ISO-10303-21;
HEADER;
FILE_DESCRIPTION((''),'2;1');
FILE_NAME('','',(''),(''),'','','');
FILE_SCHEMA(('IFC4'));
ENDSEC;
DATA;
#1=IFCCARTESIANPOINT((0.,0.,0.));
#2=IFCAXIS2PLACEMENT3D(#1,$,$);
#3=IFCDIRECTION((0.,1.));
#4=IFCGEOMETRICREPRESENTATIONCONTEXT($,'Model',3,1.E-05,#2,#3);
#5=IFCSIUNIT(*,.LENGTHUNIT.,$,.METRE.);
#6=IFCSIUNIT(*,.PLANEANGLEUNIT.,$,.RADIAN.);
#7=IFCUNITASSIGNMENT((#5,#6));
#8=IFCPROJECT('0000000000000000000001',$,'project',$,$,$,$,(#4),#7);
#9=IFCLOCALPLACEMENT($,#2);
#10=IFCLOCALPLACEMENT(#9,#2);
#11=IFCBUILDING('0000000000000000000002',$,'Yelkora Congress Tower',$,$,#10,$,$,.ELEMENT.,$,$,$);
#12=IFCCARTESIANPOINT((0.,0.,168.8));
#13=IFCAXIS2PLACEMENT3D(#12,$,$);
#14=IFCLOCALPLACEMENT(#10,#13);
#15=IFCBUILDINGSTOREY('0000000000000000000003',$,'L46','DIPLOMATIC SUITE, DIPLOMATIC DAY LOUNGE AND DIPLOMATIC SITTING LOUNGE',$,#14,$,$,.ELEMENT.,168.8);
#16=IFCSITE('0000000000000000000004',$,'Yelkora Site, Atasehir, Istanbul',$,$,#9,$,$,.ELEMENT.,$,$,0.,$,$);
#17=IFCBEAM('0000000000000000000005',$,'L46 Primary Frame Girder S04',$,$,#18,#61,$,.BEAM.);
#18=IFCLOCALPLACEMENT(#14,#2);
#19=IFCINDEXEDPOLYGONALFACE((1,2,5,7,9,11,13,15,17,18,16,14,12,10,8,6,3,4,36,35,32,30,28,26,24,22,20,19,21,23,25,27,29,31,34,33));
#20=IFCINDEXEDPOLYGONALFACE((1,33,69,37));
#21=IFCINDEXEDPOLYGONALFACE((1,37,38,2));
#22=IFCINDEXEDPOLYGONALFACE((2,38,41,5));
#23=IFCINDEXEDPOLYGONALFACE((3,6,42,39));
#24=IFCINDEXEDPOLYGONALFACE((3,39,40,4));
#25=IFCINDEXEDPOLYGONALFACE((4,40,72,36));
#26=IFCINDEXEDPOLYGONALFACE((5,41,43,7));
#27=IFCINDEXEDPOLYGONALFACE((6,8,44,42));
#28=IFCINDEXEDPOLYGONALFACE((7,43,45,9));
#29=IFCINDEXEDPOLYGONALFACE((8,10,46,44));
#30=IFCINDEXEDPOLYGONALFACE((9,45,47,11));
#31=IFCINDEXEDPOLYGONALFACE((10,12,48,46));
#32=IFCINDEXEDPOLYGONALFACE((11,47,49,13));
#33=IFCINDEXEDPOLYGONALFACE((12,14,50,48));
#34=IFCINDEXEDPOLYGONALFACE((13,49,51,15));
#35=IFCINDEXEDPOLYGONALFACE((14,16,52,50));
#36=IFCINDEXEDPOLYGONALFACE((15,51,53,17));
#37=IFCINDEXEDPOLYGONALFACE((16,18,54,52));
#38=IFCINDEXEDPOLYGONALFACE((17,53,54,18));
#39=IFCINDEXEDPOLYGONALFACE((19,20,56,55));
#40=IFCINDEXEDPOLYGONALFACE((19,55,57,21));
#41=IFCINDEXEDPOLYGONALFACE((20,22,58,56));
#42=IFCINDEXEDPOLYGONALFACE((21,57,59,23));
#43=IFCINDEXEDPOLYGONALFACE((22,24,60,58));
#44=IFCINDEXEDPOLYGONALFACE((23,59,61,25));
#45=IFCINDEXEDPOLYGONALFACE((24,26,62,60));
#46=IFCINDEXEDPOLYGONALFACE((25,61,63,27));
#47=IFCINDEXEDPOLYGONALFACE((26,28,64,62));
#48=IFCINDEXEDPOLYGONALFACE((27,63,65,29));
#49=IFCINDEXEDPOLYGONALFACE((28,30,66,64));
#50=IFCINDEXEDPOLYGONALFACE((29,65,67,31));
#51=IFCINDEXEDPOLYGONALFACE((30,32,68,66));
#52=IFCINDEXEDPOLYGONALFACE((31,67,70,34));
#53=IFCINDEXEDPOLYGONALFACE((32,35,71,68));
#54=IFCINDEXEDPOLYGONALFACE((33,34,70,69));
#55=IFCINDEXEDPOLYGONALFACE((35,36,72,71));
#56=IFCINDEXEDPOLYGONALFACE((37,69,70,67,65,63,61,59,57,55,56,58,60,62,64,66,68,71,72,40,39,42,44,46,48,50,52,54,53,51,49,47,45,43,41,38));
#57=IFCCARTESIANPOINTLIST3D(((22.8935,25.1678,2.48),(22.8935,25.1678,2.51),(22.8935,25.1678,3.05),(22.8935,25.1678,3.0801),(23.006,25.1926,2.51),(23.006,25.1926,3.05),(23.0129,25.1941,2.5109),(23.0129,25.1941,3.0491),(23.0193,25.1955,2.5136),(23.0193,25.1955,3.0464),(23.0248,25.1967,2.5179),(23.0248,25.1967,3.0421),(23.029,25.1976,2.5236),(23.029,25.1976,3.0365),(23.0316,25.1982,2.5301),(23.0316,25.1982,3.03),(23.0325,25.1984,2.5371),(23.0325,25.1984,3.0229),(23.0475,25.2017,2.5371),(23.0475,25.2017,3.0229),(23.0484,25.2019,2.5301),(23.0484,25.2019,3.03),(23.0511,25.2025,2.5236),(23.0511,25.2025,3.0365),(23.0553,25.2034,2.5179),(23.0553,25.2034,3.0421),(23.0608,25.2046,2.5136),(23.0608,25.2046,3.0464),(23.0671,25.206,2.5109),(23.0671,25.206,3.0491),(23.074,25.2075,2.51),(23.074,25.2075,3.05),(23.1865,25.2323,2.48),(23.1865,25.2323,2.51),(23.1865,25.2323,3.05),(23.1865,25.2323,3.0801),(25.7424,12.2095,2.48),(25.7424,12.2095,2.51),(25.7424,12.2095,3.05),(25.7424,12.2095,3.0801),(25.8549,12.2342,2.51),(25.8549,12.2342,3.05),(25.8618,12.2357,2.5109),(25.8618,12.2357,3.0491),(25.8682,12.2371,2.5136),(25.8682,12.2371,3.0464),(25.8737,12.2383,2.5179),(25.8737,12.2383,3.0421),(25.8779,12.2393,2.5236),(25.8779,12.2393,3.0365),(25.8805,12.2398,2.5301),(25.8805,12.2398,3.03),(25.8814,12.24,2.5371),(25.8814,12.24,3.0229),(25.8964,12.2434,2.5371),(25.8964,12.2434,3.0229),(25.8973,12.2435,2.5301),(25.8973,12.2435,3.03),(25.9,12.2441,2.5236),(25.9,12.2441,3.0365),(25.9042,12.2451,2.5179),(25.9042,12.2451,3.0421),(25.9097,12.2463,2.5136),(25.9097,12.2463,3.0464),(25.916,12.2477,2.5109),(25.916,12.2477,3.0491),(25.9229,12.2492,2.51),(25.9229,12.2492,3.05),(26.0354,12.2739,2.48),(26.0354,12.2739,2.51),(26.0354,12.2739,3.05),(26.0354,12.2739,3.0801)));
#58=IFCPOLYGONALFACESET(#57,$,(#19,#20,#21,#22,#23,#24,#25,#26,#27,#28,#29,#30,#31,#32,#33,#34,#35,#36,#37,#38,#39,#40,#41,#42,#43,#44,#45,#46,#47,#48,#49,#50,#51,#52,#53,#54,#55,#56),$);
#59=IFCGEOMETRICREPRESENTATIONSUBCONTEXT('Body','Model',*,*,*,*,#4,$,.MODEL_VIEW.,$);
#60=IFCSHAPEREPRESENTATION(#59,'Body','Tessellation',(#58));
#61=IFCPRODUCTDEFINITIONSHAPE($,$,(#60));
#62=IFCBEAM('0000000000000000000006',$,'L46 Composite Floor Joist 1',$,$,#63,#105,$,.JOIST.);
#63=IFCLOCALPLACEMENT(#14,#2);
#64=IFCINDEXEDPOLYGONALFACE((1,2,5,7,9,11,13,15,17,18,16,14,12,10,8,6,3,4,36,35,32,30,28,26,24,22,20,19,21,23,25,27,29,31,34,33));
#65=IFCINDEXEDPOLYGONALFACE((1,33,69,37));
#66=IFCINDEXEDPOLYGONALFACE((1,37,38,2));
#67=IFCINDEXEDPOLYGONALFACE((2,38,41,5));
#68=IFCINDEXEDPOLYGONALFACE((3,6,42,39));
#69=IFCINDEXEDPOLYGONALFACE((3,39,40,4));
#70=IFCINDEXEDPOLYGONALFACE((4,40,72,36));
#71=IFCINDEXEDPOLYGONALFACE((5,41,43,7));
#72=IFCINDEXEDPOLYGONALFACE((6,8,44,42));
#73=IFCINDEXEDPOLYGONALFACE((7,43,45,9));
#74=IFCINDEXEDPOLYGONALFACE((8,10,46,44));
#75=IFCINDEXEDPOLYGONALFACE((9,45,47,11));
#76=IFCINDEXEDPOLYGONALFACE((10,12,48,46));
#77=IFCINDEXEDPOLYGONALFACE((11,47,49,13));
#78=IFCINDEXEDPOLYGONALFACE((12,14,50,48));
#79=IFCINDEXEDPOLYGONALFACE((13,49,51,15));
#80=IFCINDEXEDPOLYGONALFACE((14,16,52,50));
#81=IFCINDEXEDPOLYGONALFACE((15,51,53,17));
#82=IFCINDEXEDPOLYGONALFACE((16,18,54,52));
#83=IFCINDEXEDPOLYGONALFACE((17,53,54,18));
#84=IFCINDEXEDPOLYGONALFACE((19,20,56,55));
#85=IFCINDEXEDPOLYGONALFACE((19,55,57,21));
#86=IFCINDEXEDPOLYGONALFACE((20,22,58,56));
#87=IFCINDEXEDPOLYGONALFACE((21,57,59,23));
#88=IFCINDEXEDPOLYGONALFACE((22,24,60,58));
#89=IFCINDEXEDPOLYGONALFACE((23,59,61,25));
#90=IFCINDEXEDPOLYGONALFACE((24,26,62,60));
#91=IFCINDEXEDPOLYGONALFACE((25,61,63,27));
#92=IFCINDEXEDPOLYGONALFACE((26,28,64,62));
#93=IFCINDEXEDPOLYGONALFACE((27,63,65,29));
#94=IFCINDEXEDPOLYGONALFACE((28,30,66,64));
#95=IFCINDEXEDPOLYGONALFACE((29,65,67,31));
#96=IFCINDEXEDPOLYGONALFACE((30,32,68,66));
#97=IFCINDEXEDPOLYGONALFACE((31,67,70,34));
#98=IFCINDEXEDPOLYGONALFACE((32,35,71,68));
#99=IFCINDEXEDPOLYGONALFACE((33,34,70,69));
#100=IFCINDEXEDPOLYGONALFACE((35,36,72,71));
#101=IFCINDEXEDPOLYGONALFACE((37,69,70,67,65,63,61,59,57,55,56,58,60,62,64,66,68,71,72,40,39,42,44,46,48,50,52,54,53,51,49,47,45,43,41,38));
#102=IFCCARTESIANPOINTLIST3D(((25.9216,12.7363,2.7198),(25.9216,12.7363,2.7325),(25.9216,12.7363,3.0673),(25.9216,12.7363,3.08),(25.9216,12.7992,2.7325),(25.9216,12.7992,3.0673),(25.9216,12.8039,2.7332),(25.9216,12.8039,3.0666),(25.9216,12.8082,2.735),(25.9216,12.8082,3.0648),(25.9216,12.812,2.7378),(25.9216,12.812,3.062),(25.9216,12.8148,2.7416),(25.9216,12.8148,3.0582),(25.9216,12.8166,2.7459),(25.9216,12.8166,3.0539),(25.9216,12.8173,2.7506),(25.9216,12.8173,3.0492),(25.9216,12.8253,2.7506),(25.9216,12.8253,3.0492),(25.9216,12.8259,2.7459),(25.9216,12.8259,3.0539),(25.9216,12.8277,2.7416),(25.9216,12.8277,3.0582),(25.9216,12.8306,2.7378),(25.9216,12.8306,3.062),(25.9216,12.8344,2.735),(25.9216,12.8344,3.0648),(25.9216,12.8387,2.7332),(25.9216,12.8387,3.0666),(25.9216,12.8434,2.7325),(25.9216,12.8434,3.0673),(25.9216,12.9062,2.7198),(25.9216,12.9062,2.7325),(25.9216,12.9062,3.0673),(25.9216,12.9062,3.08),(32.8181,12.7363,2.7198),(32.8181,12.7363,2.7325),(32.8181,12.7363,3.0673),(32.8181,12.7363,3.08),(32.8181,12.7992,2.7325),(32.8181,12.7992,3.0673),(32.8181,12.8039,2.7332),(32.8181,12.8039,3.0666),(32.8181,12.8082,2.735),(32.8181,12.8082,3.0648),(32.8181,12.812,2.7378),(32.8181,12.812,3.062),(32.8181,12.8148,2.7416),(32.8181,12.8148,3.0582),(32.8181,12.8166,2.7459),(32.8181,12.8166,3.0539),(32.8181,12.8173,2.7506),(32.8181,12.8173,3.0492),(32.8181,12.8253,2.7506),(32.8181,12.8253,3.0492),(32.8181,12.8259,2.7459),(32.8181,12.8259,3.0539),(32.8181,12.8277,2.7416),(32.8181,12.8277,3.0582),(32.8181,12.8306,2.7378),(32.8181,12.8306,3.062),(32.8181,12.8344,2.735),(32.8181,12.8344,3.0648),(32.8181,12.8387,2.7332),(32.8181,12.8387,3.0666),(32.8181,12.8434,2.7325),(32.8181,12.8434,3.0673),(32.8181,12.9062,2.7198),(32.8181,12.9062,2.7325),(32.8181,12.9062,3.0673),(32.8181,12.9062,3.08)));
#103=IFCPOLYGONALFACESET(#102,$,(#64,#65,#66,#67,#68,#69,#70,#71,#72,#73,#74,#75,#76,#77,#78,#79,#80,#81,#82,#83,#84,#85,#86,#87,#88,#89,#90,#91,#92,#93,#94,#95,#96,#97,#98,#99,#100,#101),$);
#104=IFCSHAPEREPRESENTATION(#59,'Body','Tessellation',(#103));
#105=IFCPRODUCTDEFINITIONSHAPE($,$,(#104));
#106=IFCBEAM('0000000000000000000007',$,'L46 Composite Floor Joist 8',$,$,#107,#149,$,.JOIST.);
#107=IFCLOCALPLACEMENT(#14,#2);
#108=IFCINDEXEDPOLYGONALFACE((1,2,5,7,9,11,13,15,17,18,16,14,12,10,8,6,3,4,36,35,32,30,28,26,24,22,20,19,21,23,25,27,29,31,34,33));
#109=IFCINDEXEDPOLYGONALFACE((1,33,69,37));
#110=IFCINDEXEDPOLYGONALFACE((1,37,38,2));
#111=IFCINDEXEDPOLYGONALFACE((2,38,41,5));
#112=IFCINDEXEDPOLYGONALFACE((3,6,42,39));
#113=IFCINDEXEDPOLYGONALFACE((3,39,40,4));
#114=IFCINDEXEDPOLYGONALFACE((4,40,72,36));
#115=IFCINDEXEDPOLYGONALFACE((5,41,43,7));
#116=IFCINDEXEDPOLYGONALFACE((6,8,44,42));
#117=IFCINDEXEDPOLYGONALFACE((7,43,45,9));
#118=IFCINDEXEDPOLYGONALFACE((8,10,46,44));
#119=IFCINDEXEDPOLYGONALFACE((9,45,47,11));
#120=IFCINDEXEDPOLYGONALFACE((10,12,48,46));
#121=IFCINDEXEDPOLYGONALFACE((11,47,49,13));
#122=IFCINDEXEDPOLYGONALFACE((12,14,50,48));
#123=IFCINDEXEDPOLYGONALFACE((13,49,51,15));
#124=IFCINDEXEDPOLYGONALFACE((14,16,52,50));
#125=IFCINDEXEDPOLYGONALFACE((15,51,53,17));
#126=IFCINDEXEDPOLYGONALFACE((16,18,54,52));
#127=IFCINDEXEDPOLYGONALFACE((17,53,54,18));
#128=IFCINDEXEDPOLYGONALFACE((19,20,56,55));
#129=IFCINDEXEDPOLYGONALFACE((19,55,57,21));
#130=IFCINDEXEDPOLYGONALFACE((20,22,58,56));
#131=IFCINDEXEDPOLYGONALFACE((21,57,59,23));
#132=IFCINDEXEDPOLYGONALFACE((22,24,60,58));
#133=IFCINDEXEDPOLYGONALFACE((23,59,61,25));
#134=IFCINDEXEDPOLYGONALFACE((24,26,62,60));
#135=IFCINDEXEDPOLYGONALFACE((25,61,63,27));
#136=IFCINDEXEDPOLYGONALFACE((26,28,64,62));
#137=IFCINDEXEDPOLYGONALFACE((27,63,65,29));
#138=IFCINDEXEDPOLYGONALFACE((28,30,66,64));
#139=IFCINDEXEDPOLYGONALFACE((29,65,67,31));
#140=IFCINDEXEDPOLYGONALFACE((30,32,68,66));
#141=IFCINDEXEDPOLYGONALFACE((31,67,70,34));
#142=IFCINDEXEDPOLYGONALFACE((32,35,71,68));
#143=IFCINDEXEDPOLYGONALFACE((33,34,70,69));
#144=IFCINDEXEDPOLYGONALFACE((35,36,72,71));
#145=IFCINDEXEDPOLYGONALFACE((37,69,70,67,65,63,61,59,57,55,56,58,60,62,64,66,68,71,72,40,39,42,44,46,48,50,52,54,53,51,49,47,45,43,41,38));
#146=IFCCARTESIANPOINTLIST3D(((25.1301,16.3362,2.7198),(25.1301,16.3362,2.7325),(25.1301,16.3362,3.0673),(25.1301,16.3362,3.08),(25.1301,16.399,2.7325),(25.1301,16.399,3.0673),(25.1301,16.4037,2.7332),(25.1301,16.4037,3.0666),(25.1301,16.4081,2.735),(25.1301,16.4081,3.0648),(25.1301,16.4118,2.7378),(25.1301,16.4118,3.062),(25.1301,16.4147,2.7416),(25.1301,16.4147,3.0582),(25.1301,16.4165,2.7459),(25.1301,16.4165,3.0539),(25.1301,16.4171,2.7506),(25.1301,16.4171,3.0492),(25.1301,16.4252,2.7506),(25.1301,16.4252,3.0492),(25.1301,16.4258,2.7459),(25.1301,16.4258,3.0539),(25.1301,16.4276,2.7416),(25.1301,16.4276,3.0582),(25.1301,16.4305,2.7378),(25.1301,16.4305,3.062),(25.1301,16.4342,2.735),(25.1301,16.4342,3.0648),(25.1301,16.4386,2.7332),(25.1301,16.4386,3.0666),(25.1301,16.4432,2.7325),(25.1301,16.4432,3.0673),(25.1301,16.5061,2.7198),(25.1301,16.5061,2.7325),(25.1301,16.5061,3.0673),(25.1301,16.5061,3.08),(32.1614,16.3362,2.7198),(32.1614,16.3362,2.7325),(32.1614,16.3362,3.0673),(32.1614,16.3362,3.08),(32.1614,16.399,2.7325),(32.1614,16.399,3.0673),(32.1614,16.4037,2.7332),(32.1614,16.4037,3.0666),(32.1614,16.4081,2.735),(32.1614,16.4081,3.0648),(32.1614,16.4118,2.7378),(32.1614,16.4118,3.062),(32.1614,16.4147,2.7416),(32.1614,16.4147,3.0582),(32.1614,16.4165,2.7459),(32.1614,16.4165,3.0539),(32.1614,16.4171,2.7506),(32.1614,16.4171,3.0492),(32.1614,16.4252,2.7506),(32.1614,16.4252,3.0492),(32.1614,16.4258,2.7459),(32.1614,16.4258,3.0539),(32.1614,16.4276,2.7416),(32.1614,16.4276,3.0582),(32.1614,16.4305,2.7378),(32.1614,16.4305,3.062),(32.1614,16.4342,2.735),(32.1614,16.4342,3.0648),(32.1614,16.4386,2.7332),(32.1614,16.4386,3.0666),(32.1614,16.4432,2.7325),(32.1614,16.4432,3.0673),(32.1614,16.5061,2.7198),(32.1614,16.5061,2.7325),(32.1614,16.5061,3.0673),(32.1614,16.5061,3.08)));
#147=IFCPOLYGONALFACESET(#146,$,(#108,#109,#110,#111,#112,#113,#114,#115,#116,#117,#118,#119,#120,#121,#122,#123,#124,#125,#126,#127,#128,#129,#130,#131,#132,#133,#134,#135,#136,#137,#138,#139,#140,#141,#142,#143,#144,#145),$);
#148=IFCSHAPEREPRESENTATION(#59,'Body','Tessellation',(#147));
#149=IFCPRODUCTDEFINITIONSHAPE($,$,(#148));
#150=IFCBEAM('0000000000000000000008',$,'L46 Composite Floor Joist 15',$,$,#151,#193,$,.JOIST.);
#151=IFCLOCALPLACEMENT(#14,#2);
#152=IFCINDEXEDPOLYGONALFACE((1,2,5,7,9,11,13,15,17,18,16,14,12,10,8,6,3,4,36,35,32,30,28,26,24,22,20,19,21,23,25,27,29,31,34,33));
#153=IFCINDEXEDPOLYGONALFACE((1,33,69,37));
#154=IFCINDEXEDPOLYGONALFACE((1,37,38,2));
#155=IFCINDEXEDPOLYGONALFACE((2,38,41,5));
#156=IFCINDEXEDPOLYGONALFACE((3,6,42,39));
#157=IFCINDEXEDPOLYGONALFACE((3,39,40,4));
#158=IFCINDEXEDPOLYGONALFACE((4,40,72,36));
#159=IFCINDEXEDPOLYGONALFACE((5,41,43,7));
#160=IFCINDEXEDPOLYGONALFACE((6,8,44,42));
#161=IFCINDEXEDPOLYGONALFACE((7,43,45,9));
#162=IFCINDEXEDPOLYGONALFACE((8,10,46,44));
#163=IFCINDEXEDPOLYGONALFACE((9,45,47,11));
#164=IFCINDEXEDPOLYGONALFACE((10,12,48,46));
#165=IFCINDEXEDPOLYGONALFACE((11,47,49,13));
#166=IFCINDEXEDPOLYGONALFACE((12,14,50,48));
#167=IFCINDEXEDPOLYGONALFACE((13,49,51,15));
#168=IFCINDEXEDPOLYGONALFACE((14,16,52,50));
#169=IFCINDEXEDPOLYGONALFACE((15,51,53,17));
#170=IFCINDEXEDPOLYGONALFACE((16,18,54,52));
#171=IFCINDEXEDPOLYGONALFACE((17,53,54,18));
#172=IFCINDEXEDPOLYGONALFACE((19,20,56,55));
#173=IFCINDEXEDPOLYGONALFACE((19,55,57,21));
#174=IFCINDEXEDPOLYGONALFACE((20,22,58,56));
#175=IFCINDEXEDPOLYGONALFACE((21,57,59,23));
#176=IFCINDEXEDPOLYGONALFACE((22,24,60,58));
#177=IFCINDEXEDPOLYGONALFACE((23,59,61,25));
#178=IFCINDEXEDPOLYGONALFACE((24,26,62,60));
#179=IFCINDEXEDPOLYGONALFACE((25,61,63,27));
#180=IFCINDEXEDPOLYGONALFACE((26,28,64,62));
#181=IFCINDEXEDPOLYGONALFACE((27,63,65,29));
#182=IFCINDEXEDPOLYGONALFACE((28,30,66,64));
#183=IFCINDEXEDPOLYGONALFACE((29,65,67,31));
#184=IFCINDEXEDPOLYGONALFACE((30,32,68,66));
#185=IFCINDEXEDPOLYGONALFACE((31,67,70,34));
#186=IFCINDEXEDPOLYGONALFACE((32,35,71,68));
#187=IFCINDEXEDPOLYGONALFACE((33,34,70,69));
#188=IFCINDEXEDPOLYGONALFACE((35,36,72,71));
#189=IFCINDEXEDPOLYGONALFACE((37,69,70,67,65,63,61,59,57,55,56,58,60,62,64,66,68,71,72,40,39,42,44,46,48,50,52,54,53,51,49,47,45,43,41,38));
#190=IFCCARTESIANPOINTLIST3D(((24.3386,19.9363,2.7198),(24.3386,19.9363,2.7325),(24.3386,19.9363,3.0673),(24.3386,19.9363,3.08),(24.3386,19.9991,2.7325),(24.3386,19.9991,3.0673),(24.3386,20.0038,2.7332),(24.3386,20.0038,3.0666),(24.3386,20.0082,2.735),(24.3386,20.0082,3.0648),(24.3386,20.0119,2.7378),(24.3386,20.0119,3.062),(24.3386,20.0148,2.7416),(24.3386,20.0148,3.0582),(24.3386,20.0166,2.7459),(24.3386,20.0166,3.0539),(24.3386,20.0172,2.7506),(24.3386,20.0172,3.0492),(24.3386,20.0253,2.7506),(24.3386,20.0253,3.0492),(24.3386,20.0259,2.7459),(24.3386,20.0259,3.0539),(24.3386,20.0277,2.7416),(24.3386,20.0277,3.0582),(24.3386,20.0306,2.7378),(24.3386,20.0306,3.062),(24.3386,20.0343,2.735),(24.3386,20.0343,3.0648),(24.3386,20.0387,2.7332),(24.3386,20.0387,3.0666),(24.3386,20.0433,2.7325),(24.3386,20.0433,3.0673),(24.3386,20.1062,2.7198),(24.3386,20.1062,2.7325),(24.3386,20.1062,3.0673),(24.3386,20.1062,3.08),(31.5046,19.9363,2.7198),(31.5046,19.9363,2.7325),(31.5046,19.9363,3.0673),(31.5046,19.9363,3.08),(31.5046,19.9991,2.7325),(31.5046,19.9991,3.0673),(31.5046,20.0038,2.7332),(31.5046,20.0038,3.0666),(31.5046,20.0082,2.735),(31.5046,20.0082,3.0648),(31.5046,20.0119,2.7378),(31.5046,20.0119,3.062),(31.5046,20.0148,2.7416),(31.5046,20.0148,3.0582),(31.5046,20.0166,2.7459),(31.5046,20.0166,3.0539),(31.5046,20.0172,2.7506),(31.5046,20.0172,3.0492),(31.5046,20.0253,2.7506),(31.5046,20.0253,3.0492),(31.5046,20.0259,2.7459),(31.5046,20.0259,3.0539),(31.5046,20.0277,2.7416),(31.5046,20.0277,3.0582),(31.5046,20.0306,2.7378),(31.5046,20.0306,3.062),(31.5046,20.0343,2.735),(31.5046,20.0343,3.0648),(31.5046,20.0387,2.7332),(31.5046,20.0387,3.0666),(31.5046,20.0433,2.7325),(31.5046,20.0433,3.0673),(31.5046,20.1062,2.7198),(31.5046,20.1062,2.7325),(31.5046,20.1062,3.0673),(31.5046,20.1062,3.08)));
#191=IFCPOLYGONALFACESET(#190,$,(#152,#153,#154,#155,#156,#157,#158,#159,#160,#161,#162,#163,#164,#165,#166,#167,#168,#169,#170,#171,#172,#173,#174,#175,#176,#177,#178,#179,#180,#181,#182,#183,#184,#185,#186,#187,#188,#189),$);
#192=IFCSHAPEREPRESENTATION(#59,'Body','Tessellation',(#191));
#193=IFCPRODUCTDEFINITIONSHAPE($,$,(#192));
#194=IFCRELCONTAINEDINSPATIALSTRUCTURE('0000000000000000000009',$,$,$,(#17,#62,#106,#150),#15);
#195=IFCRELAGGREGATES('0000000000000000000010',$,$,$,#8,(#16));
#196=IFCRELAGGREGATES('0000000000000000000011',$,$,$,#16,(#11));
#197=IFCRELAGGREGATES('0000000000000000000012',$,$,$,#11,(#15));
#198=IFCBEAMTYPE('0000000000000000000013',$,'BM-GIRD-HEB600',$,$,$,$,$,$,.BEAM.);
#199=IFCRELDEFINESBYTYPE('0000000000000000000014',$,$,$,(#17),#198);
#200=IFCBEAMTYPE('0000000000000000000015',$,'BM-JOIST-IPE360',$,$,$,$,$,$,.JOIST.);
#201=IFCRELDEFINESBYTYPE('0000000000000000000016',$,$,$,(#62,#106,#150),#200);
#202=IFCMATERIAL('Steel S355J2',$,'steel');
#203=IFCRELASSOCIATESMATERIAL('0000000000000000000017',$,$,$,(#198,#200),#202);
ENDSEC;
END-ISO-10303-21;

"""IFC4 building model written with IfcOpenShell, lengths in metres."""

from ifc_helpers import new_model, si_unit, direction, frame, origin, origin_2d, place, context, subcontext, project, spatial, i_section, extrude, material, material_profile, profile_set, type_object, element, save


model = new_model("IFC4")

# Units and contexts
model_context = context("Model", 3, precision=1e-05, world=origin(), true_north=direction((0.0, 1.0)))
body_context = subcontext(model_context, "Body", "Model", "MODEL_VIEW")
ifc_project = project(units=[si_unit("LENGTHUNIT", "METRE"), si_unit("PLANEANGLEUNIT", "RADIAN")], contexts=[model_context])

# Site, building, storey
site_placement = place(None, origin())
site = spatial("IfcSite", under=ifc_project, at=site_placement, Name="Yelkora Site, Atasehir, Istanbul", CompositionType="ELEMENT", RefElevation=0.0)
building_placement = place(site_placement, origin())
building = spatial("IfcBuilding", under=site, at=building_placement, Name="Yelkora Congress Tower", CompositionType="ELEMENT")
storey_placement = place(building_placement, frame((0.0, 0.0, 168.8)))
storey = spatial("IfcBuildingStorey", under=building, at=storey_placement, Name="L46", Description="DIPLOMATIC SUITE, DIPLOMATIC DAY LOUNGE AND DIPLOMATIC SITTING LOUNGE", CompositionType="ELEMENT", Elevation=168.8)

# Beams
ifc_material_1 = material(Name="Steel S355J2", Category="steel")
ifc_material_profile_1 = material_profile(ifc_material_1, i_section(OverallWidth=0.3, OverallDepth=0.6001, WebThickness=0.0154, FlangeThickness=0.03, FilletRadius=0.0271, at=origin_2d()), Name="HEB 600")
ifc_profile_set_1 = profile_set([ifc_material_profile_1], Name="Steel S355J2")
beam_type_1 = type_object("IfcBeamType", Name="BM-GIRD-HEB600", PredefinedType="BEAM", material=ifc_profile_set_1)
beam_1_placement = place(storey_placement, frame((25.8889, 12.2417, 2.78), z_axis=(-0.214722, 0.976675, 0.0), x_axis=(-0.976675, -0.214722, 0.0)))
element("IfcBeam", 1, at=beam_1_placement, inside=storey, type_object=beam_type_1, Name="L46 Primary Frame Girder S04", PredefinedType="BEAM", context=body_context, shape_type="SweptSolid", body=[
    extrude(i_section(OverallWidth=0.3, OverallDepth=0.6001, WebThickness=0.0154, FlangeThickness=0.03, FilletRadius=0.0271, at=origin_2d()), origin(), (0.0, 0.0, 1.0), 13.2678),
])
ifc_material_profile_2 = material_profile(ifc_material_1, i_section(OverallWidth=0.1699, OverallDepth=0.3601, WebThickness=0.0081, FlangeThickness=0.0127, FilletRadius=0.0181, at=origin_2d()), Name="IPE 360")
ifc_profile_set_2 = profile_set([ifc_material_profile_2], Name="Steel S355J2")
beam_type_2 = type_object("IfcBeamType", Name="BM-JOIST-IPE360", PredefinedType="JOIST", material=ifc_profile_set_2)
beam_2_placement = place(storey_placement, frame((25.9216, 12.8213, 2.8999), z_axis=(1.0, 0.0, 0.0), x_axis=(0.0, 1.0, 0.0)))
element("IfcBeam", 2, at=beam_2_placement, inside=storey, type_object=beam_type_2, Name="L46 Composite Floor Joist 1", PredefinedType="JOIST", context=body_context, shape_type="SweptSolid", body=[
    extrude(i_section(OverallWidth=0.1699, OverallDepth=0.3601, WebThickness=0.0081, FlangeThickness=0.0127, FilletRadius=0.0181, at=origin_2d()), origin(), (0.0, 0.0, 1.0), 6.8965),
])
beam_3_placement = place(storey_placement, frame((25.1301, 16.4211, 2.8999), z_axis=(1.0, 0.0, 0.0), x_axis=(0.0, 1.0, 0.0)))
element("IfcBeam", 3, at=beam_3_placement, inside=storey, type_object=beam_type_2, Name="L46 Composite Floor Joist 8", PredefinedType="JOIST", context=body_context, shape_type="SweptSolid", body=[
    extrude(i_section(OverallWidth=0.1699, OverallDepth=0.3601, WebThickness=0.0081, FlangeThickness=0.0127, FilletRadius=0.0181, at=origin_2d()), origin(), (0.0, 0.0, 1.0), 7.0312),
])
beam_4_placement = place(storey_placement, frame((24.3386, 20.0212, 2.8999), z_axis=(1.0, 0.0, 0.0), x_axis=(0.0, 1.0, 0.0)))
element("IfcBeam", 4, at=beam_4_placement, inside=storey, type_object=beam_type_2, Name="L46 Composite Floor Joist 15", PredefinedType="JOIST", context=body_context, shape_type="SweptSolid", body=[
    extrude(i_section(OverallWidth=0.1699, OverallDepth=0.3601, WebThickness=0.0081, FlangeThickness=0.0127, FilletRadius=0.0181, at=origin_2d()), origin(), (0.0, 0.0, 1.0), 7.166),
])

save(model, "model.ifc")
